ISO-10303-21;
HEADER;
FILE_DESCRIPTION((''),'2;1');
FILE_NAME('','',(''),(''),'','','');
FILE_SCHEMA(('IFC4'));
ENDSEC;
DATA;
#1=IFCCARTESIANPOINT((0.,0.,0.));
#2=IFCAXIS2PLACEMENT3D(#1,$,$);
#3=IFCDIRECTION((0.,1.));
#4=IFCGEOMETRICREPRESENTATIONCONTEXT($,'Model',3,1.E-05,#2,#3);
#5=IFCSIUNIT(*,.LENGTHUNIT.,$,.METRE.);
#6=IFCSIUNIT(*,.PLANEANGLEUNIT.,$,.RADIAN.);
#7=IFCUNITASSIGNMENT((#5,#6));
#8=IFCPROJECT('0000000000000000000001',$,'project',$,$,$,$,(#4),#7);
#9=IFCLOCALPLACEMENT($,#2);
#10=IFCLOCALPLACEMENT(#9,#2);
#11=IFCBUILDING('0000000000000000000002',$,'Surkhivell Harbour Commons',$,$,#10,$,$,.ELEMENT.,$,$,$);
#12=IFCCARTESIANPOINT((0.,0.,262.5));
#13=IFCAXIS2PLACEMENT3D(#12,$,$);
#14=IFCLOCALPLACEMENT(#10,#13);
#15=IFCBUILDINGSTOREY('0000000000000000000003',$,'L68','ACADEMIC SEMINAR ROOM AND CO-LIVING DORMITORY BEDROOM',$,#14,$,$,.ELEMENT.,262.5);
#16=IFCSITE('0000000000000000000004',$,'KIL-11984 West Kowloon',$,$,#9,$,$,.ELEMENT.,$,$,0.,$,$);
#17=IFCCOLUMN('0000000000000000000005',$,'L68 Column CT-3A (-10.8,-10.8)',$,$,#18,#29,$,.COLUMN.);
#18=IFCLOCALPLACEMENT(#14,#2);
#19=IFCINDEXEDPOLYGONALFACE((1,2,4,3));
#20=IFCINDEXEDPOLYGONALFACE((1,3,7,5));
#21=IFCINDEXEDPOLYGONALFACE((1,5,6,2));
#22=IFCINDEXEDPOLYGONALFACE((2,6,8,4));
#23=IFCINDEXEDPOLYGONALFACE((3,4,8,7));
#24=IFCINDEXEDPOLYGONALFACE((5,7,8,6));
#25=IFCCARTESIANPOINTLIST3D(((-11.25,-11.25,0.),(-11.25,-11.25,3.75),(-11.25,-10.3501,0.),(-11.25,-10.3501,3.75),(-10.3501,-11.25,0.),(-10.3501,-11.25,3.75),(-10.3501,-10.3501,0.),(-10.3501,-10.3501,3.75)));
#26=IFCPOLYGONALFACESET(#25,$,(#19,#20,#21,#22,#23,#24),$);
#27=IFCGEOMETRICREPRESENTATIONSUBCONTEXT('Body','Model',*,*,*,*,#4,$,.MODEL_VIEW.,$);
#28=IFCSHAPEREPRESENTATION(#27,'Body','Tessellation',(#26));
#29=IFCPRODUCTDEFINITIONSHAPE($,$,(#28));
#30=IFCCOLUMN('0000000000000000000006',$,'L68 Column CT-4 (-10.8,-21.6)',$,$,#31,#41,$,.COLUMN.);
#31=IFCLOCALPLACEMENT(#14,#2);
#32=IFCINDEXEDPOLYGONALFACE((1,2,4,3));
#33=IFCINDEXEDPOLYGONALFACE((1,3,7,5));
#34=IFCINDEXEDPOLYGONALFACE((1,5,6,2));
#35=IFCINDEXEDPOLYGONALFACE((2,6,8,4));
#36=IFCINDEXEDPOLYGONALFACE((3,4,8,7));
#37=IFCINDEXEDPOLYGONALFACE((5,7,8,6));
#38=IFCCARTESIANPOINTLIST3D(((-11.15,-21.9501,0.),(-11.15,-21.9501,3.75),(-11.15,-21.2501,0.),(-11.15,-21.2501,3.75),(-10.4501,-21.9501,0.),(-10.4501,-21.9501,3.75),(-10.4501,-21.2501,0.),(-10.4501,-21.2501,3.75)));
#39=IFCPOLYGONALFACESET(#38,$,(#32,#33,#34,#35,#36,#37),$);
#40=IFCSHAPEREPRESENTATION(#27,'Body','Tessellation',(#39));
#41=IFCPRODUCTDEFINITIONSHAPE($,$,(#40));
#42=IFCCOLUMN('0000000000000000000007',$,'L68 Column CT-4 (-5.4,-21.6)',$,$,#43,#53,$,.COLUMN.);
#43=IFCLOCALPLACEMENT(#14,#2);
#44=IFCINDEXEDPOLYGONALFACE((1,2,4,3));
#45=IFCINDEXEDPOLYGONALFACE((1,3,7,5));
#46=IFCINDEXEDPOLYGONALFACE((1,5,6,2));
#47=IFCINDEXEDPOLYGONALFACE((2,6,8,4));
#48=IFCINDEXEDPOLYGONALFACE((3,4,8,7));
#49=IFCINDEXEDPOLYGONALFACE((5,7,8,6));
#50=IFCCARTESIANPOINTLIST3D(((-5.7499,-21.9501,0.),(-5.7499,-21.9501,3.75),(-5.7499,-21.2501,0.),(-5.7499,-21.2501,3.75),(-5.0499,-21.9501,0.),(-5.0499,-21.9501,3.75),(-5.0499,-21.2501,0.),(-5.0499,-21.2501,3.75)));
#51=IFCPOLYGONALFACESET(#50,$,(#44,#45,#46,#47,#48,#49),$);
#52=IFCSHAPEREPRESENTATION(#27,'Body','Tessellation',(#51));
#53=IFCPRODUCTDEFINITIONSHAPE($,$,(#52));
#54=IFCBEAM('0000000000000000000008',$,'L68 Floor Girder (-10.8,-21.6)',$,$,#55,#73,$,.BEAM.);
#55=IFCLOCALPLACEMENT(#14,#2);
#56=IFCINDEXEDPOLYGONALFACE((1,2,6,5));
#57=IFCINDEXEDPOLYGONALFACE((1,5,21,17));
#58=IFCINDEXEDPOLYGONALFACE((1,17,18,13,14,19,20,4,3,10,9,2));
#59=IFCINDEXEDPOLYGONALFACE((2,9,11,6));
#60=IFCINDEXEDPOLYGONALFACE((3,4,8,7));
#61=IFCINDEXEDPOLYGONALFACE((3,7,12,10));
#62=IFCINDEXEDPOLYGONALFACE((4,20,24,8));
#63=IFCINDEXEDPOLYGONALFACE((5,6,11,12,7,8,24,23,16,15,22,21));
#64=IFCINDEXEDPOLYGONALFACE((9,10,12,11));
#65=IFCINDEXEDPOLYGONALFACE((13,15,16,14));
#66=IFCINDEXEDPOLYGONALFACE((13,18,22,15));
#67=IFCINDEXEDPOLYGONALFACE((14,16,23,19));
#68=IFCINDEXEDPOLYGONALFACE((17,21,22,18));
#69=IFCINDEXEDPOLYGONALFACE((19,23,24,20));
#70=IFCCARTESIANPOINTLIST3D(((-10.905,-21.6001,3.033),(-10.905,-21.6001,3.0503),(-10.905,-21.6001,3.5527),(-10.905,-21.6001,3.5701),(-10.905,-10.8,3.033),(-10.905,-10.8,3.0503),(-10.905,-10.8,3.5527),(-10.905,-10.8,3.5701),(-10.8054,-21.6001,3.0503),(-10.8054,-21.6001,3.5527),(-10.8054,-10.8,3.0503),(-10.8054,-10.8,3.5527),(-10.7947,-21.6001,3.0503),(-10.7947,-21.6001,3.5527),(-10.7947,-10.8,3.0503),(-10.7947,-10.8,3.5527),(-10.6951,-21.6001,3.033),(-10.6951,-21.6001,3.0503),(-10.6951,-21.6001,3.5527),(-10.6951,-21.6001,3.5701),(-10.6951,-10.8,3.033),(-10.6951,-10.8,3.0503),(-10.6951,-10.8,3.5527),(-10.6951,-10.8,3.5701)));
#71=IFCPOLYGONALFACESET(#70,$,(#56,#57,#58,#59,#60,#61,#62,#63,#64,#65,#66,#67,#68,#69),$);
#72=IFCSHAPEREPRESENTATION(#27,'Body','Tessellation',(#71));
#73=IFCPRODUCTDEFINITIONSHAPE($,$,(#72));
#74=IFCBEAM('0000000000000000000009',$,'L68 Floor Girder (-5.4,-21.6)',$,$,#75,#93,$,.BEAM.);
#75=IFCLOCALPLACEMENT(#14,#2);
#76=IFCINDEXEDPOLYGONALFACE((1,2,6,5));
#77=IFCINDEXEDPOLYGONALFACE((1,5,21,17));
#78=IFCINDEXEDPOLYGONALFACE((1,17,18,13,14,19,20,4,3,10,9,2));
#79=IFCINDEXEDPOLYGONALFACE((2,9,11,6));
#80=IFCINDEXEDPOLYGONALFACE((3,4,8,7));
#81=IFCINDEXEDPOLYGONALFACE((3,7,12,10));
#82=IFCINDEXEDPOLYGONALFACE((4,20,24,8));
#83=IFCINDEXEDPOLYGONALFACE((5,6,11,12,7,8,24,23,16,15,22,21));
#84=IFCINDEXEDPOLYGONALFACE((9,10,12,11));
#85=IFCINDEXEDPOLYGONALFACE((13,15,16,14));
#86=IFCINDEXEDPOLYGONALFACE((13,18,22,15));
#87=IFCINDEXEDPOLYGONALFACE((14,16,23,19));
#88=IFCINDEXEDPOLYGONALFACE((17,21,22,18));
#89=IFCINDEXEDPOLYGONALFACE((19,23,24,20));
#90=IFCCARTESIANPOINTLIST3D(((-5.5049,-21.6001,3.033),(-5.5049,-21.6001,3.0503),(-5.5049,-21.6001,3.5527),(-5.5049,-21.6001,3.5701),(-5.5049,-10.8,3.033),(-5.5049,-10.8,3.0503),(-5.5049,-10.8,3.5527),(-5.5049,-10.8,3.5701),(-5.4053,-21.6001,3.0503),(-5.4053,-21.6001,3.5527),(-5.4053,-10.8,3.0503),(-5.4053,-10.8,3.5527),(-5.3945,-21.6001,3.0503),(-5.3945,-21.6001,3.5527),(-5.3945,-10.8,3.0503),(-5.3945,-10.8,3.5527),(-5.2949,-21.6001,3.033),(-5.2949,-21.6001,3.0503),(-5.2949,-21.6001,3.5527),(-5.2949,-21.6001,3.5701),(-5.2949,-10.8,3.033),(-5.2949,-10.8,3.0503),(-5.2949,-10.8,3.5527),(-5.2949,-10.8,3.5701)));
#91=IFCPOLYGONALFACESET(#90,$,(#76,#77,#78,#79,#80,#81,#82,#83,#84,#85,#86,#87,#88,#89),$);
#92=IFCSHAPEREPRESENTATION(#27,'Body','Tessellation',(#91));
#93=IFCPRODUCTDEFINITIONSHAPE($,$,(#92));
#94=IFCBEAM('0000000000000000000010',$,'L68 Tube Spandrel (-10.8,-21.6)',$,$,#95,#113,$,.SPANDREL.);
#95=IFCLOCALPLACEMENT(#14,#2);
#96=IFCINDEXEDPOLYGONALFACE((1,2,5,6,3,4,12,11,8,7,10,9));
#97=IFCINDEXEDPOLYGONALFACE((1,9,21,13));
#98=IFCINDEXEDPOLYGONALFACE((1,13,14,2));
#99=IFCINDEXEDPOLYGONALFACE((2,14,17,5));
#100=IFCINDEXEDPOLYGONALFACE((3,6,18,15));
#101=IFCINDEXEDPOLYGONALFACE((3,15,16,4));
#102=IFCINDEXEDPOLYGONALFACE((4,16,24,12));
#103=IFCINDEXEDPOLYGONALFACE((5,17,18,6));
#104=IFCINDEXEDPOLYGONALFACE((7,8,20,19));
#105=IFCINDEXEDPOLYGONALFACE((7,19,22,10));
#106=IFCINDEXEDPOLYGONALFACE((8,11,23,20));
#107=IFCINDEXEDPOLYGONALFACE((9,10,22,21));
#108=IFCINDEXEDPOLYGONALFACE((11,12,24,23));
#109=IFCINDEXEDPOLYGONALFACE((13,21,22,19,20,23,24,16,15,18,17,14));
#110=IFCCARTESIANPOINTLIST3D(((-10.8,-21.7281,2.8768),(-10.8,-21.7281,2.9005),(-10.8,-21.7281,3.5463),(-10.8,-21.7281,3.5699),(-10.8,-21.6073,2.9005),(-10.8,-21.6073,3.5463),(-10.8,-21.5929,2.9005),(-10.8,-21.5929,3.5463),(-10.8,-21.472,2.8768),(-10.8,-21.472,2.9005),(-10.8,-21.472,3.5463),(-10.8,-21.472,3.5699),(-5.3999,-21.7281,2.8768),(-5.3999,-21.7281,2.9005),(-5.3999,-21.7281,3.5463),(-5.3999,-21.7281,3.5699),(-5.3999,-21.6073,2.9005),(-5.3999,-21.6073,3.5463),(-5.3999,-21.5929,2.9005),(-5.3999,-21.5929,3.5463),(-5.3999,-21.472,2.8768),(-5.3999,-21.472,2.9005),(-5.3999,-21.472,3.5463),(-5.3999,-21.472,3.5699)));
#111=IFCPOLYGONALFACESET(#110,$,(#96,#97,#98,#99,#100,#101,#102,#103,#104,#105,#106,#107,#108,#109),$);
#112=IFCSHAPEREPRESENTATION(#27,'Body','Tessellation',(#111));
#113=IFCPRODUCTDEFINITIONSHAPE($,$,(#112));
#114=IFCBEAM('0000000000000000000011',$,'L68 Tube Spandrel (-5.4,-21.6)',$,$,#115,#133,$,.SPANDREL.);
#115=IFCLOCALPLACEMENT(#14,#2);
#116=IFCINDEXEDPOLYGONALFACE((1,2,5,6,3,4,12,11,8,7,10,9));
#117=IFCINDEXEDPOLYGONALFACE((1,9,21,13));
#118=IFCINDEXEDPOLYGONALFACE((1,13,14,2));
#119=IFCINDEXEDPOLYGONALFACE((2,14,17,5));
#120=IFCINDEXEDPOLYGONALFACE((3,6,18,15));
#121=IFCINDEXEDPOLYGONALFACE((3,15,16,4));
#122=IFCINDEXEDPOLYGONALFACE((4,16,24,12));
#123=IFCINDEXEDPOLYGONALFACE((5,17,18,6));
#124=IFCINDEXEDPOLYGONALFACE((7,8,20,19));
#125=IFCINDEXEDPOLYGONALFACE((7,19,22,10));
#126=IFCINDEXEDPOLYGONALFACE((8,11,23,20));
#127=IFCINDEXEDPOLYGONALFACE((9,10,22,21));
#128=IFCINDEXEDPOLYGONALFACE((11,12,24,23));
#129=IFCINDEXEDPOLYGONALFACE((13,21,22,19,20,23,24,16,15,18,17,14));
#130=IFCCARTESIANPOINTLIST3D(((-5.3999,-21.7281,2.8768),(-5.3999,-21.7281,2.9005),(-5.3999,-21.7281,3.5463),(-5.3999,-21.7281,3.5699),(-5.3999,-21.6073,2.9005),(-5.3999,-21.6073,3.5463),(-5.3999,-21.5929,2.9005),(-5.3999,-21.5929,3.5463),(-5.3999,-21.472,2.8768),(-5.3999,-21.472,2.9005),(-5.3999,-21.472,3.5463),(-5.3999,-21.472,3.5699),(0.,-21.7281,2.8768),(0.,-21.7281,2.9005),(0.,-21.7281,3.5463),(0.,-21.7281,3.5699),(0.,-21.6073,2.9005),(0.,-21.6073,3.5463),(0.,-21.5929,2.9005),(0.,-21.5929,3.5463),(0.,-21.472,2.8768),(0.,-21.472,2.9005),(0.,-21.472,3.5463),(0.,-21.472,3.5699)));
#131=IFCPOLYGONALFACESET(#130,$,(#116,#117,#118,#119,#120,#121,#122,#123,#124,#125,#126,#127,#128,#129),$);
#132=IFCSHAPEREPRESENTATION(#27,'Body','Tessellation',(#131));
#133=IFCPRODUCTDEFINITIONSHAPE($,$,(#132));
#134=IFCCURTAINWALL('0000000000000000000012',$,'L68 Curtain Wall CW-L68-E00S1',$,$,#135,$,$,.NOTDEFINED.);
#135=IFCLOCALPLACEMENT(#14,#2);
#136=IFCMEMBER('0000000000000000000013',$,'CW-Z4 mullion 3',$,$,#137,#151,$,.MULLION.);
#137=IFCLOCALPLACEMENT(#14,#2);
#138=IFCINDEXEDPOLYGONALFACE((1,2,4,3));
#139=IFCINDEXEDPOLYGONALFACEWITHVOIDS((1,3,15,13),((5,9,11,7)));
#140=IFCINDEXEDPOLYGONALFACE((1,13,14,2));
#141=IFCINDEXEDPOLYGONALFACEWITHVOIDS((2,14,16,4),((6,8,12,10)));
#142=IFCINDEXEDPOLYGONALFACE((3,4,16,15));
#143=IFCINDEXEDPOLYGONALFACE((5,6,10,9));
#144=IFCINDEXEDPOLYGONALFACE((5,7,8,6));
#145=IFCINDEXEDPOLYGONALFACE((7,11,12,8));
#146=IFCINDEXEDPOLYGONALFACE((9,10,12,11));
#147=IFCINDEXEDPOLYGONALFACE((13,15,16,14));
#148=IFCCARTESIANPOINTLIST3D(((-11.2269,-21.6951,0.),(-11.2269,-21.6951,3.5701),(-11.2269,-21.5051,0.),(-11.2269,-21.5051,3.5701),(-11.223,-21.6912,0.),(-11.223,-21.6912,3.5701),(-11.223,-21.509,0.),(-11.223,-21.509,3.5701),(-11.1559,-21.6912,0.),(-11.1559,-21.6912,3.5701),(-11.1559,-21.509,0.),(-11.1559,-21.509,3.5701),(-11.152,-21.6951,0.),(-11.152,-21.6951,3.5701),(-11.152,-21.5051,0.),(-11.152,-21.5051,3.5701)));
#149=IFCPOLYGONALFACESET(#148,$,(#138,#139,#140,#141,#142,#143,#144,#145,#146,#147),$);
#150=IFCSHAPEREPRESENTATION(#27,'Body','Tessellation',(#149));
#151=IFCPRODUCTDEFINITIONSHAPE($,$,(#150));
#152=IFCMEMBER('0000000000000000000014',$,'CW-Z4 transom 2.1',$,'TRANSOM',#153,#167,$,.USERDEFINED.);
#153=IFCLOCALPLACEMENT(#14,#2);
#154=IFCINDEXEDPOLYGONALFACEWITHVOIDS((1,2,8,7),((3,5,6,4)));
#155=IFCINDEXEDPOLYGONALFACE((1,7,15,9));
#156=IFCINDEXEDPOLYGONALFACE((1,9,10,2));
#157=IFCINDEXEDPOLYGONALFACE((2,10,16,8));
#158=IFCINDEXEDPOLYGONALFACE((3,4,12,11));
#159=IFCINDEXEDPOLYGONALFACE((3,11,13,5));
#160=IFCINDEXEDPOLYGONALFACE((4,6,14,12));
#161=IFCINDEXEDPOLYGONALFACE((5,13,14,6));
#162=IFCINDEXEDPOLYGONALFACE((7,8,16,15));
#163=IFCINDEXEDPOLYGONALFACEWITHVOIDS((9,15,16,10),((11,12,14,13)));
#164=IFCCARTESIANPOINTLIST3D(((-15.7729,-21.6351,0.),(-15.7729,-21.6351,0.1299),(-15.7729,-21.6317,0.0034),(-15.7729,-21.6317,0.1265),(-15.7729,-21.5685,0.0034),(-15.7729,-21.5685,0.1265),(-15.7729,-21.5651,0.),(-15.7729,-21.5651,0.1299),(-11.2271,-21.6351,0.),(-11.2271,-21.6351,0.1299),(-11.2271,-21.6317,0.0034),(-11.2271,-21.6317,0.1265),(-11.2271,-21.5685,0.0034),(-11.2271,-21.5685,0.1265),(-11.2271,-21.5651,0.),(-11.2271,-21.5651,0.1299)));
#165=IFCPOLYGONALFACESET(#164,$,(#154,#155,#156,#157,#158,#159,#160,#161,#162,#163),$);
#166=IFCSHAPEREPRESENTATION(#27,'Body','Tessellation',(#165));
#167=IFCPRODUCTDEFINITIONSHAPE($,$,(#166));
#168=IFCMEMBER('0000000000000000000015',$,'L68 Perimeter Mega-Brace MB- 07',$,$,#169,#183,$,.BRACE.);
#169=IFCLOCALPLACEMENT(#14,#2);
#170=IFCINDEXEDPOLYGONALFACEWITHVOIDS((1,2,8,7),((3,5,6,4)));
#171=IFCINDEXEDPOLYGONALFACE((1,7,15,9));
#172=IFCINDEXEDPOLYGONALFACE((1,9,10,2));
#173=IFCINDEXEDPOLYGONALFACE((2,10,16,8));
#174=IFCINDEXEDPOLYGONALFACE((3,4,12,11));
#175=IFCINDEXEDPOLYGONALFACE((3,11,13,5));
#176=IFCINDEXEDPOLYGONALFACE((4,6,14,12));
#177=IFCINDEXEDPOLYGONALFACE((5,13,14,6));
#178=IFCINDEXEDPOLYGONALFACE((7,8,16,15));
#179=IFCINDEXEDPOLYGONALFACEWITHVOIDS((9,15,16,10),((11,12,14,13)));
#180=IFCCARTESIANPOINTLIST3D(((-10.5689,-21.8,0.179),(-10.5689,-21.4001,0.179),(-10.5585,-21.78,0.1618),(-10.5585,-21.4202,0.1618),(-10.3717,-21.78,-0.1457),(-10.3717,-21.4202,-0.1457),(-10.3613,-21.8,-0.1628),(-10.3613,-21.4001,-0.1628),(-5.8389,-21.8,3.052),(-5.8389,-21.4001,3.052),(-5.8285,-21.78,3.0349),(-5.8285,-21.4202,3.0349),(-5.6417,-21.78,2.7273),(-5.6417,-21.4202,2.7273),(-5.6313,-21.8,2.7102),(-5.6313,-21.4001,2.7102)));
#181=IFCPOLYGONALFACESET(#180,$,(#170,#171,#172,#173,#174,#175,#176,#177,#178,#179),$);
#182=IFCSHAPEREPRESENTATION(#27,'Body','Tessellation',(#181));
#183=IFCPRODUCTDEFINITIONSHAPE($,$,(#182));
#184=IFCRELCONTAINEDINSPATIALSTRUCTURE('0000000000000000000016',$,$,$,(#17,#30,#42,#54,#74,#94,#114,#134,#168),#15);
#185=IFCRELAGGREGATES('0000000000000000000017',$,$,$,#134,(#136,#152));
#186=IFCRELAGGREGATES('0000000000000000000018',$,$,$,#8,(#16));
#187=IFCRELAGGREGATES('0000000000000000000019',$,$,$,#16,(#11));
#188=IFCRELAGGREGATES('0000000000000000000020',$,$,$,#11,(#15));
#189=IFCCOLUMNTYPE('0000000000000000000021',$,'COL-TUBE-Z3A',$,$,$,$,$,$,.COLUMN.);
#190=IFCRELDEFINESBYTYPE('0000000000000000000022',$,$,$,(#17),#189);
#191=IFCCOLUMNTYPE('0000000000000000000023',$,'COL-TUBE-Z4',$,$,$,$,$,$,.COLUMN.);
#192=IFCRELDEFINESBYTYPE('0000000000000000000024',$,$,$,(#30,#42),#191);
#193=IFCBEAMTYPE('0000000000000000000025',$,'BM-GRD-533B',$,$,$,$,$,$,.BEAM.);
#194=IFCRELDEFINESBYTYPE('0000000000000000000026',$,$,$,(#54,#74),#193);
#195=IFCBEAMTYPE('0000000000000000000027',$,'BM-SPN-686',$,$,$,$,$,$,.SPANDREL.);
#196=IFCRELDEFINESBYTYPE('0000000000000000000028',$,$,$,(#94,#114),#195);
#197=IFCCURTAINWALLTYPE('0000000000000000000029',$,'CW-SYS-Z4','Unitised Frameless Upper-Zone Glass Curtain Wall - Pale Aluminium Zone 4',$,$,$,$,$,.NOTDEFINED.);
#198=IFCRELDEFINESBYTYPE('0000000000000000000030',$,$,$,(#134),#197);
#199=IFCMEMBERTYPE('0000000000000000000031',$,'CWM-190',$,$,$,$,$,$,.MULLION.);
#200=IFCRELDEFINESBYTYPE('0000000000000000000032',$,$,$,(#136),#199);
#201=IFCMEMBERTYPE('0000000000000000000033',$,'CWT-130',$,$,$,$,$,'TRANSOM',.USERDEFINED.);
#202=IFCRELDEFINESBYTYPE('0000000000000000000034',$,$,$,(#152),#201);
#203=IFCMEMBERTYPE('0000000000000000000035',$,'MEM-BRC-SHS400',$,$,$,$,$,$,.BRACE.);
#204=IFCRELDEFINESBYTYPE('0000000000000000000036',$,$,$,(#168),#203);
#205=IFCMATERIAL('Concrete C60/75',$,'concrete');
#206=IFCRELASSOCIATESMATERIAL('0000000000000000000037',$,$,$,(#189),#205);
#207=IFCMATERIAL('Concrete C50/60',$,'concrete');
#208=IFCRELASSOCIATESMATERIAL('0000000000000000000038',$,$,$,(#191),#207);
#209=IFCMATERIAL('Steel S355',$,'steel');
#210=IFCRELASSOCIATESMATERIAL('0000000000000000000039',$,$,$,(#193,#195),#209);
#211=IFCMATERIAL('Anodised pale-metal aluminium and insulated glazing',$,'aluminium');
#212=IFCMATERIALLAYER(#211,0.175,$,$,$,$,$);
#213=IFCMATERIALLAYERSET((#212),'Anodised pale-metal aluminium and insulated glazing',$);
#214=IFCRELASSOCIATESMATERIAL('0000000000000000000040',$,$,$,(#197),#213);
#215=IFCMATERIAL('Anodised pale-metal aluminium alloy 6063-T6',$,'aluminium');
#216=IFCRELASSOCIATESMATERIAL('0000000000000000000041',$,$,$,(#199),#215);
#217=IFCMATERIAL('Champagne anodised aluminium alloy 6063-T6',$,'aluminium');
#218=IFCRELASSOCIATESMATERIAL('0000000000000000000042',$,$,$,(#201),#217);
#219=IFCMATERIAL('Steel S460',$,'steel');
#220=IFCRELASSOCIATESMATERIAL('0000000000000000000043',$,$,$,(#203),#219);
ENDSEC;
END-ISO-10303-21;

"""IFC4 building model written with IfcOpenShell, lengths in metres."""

from ifc_helpers import new_model, si_unit, direction, frame, origin, origin_2d, place, context, subcontext, project, spatial, rectangle, hollow_rectangle, i_section, extrude, material, layer, layer_set, material_profile, profile_set, type_object, element, aggregate, save


model = new_model("IFC4")

# Units and contexts
model_context = context("Model", 3, precision=1e-05, world=origin(), true_north=direction((0.0, 1.0)))
body_context = subcontext(model_context, "Body", "Model", "MODEL_VIEW")
ifc_project = project(units=[si_unit("LENGTHUNIT", "METRE"), si_unit("PLANEANGLEUNIT", "RADIAN")], contexts=[model_context])

# Site, building, storey
site_placement = place(None, origin())
site = spatial("IfcSite", under=ifc_project, at=site_placement, Name="KIL-11984 West Kowloon", CompositionType="ELEMENT", RefElevation=0.0)
building_placement = place(site_placement, origin())
building = spatial("IfcBuilding", under=site, at=building_placement, Name="Surkhivell Harbour Commons", CompositionType="ELEMENT")
storey_placement = place(building_placement, frame((0.0, 0.0, 262.5)))
storey = spatial("IfcBuildingStorey", under=building, at=storey_placement, Name="L68", Description="ACADEMIC SEMINAR ROOM AND CO-LIVING DORMITORY BEDROOM", CompositionType="ELEMENT", Elevation=262.5)

# Columns
ifc_material_1 = material(Name="Concrete C60/75", Category="concrete")
ifc_material_profile_1 = material_profile(ifc_material_1, rectangle(XDim=0.8999, YDim=0.8999, at=origin_2d()), Name="RC-COL-900x900")
ifc_profile_set_1 = profile_set([ifc_material_profile_1], Name="Concrete C60/75")
column_type_1 = type_object("IfcColumnType", Name="COL-TUBE-Z3A", PredefinedType="COLUMN", material=ifc_profile_set_1)
column_placement = place(storey_placement, frame((-10.8, -10.8, 0.0), z_axis=(0.0, 0.0, 1.0), x_axis=(1.0, 0.0, 0.0)))
element("IfcColumn", 1, at=column_placement, inside=storey, type_object=column_type_1, Name="L68 Column CT-3A (-10.8,-10.8)", PredefinedType="COLUMN", context=body_context, shape_type="SweptSolid", body=[
    extrude(rectangle(XDim=0.8999, YDim=0.8999, at=origin_2d()), origin(), (0.0, 0.0, 1.0), 3.75),
])
ifc_material_2 = material(Name="Concrete C50/60", Category="concrete")
ifc_material_profile_2 = material_profile(ifc_material_2, rectangle(XDim=0.7, YDim=0.7, at=origin_2d()), Name="RC-COL-700x700")
ifc_profile_set_2 = profile_set([ifc_material_profile_2], Name="Concrete C50/60")
column_type_2 = type_object("IfcColumnType", Name="COL-TUBE-Z4", PredefinedType="COLUMN", material=ifc_profile_set_2)
for number, where, z_axis, x_axis, name in (
    (2, (-10.8, -21.6001, 0.0), (0.0, 0.0, 1.0), (1.0, 0.0, 0.0), "L68 Column CT-4 (-10.8,-21.6)"),
    (3, (-5.3999, -21.6001, 0.0), (0.0, 0.0, 1.0), (1.0, 0.0, 0.0), "L68 Column CT-4 (-5.4,-21.6)"),
):
    element("IfcColumn", number, at=place(storey_placement, frame(where, z_axis=z_axis, x_axis=x_axis)), inside=storey, type_object=column_type_2, Name=name, PredefinedType="COLUMN", context=body_context, shape_type="SweptSolid", body=[
        extrude(rectangle(XDim=0.7, YDim=0.7, at=origin_2d()), origin(), (0.0, 0.0, 1.0), 3.75),
    ])

# Beams
ifc_material_3 = material(Name="Steel S355", Category="steel")
ifc_material_profile_3 = material_profile(ifc_material_3, i_section(OverallWidth=0.21, OverallDepth=0.5371, WebThickness=0.0107, FlangeThickness=0.0173, at=origin_2d()), Name="UB533x210x101")
ifc_profile_set_3 = profile_set([ifc_material_profile_3], Name="Steel S355")
beam_type_1 = type_object("IfcBeamType", Name="BM-GRD-533B", PredefinedType="BEAM", material=ifc_profile_set_3)
for number, where, z_axis, x_axis, name in (
    (4, (-10.8, -21.6001, 3.3015), (0.0, 1.0, 0.0), (-1.0, 0.0, 0.0), "L68 Floor Girder (-10.8,-21.6)"),
    (5, (-5.3999, -21.6001, 3.3015), (0.0, 1.0, 0.0), (-1.0, 0.0, 0.0), "L68 Floor Girder (-5.4,-21.6)"),
):
    element("IfcBeam", number, at=place(storey_placement, frame(where, z_axis=z_axis, x_axis=x_axis)), inside=storey, type_object=beam_type_1, Name=name, PredefinedType="BEAM", context=body_context, shape_type="SweptSolid", body=[
        extrude(i_section(OverallWidth=0.21, OverallDepth=0.5371, WebThickness=0.0107, FlangeThickness=0.0173, at=origin_2d()), origin(), (0.0, 0.0, 1.0), 10.8),
    ])
ifc_material_profile_4 = material_profile(ifc_material_3, i_section(OverallWidth=0.2561, OverallDepth=0.6931, WebThickness=0.0144, FlangeThickness=0.0237, at=origin_2d()), Name="UB686x254x170")
ifc_profile_set_4 = profile_set([ifc_material_profile_4], Name="Steel S355")
beam_type_2 = type_object("IfcBeamType", Name="BM-SPN-686", PredefinedType="SPANDREL", material=ifc_profile_set_4)
beam_1_placement = place(storey_placement, frame((-10.8, -21.6001, 3.2234), z_axis=(1.0, 0.0, 0.0), x_axis=(0.0, 1.0, 0.0)))
element("IfcBeam", 6, at=beam_1_placement, inside=storey, type_object=beam_type_2, Name="L68 Tube Spandrel (-10.8,-21.6)", PredefinedType="SPANDREL", context=body_context, shape_type="SweptSolid", body=[
    extrude(i_section(OverallWidth=0.2561, OverallDepth=0.6931, WebThickness=0.0144, FlangeThickness=0.0237, at=origin_2d()), origin(), (0.0, 0.0, 1.0), 5.4001),
])
beam_2_placement = place(storey_placement, frame((-5.3999, -21.6001, 3.2234), z_axis=(1.0, 0.0, 0.0), x_axis=(0.0, 1.0, 0.0)))
element("IfcBeam", 7, at=beam_2_placement, inside=storey, type_object=beam_type_2, Name="L68 Tube Spandrel (-5.4,-21.6)", PredefinedType="SPANDREL", context=body_context, shape_type="SweptSolid", body=[
    extrude(i_section(OverallWidth=0.2561, OverallDepth=0.6931, WebThickness=0.0144, FlangeThickness=0.0237, at=origin_2d()), origin(), (0.0, 0.0, 1.0), 5.3999),
])

# Curtain wall, members
ifc_material_4 = material(Name="Anodised pale-metal aluminium and insulated glazing", Category="aluminium")
ifc_layer_1 = layer(ifc_material_4, 0.175)
ifc_layer_set_1 = layer_set([ifc_layer_1], Name="Anodised pale-metal aluminium and insulated glazing")
curtain_wall_type = type_object("IfcCurtainWallType", Name="CW-SYS-Z4", Description="Unitised Frameless Upper-Zone Glass Curtain Wall - Pale Aluminium Zone 4", PredefinedType="NOTDEFINED", material=ifc_layer_set_1)
curtain_wall_placement = place(storey_placement, origin())
curtain_wall = element("IfcCurtainWall", 8, at=curtain_wall_placement, inside=storey, type_object=curtain_wall_type, Name="L68 Curtain Wall CW-L68-E00S1", PredefinedType="NOTDEFINED")
ifc_material_5 = material(Name="Anodised pale-metal aluminium alloy 6063-T6", Category="aluminium")
ifc_material_profile_5 = material_profile(ifc_material_5, hollow_rectangle(XDim=0.075, YDim=0.1899, WallThickness=0.0039, at=origin_2d()), Name="ALU-MULL-75x190")
ifc_profile_set_5 = profile_set([ifc_material_profile_5], Name="Anodised pale-metal aluminium alloy 6063-T6")
member_type_1 = type_object("IfcMemberType", Name="CWM-190", PredefinedType="MULLION", material=ifc_profile_set_5)
member_1_placement = place(storey_placement, frame((-11.1895, -21.6001, 0.0), z_axis=(0.0, 0.0, 1.0), x_axis=(1.0, 0.0, 0.0)))
member_1 = element("IfcMember", 9, at=member_1_placement, type_object=member_type_1, Name="CW-Z4 mullion 3", PredefinedType="MULLION", context=body_context, shape_type="SweptSolid", body=[
    extrude(hollow_rectangle(XDim=0.075, YDim=0.1899, WallThickness=0.0039, at=origin_2d()), origin(), (0.0, 0.0, 1.0), 3.5701),
])
ifc_material_6 = material(Name="Champagne anodised aluminium alloy 6063-T6", Category="aluminium")
ifc_material_profile_6 = material_profile(ifc_material_6, hollow_rectangle(XDim=0.0701, YDim=0.1299, WallThickness=0.0034, at=origin_2d()), Name="ALU-TRAN-70x130")
ifc_profile_set_6 = profile_set([ifc_material_profile_6], Name="Champagne anodised aluminium alloy 6063-T6")
member_type_2 = type_object("IfcMemberType", Name="CWT-130", ElementType="TRANSOM", PredefinedType="USERDEFINED", material=ifc_profile_set_6)
member_2_placement = place(storey_placement, frame((-15.7729, -21.6001, 0.0649), z_axis=(1.0, 0.0, 0.0), x_axis=(0.0, 1.0, 0.0)))
member_2 = element("IfcMember", 10, at=member_2_placement, type_object=member_type_2, Name="CW-Z4 transom 2.1", ObjectType="TRANSOM", PredefinedType="USERDEFINED", context=body_context, shape_type="SweptSolid", body=[
    extrude(hollow_rectangle(XDim=0.0701, YDim=0.1299, WallThickness=0.0034, at=origin_2d()), origin(), (0.0, 0.0, 1.0), 4.5459),
])

# Member
ifc_material_7 = material(Name="Steel S460", Category="steel")
ifc_material_profile_7 = material_profile(ifc_material_7, hollow_rectangle(XDim=0.3999, YDim=0.3999, WallThickness=0.02, at=origin_2d()), Name="SHS400x400x20")
ifc_profile_set_7 = profile_set([ifc_material_profile_7], Name="Steel S460")
member_type_3 = type_object("IfcMemberType", Name="MEM-BRC-SHS400", PredefinedType="BRACE", material=ifc_profile_set_7)
member_3_placement = place(storey_placement, frame((-10.4651, -21.6001, 0.0081), z_axis=(0.854685, 0.0, 0.519146), x_axis=(0.0, 1.0, 0.0)))
element("IfcMember", 11, at=member_3_placement, inside=storey, type_object=member_type_3, Name="L68 Perimeter Mega-Brace MB- 07", PredefinedType="BRACE", context=body_context, shape_type="SweptSolid", body=[
    extrude(hollow_rectangle(XDim=0.3999, YDim=0.3999, WallThickness=0.02, at=origin_2d()), origin(), (0.0, 0.0, 1.0), 5.5342),
])

aggregate(curtain_wall, [member_1, member_2])

save(model, "model.ifc")
